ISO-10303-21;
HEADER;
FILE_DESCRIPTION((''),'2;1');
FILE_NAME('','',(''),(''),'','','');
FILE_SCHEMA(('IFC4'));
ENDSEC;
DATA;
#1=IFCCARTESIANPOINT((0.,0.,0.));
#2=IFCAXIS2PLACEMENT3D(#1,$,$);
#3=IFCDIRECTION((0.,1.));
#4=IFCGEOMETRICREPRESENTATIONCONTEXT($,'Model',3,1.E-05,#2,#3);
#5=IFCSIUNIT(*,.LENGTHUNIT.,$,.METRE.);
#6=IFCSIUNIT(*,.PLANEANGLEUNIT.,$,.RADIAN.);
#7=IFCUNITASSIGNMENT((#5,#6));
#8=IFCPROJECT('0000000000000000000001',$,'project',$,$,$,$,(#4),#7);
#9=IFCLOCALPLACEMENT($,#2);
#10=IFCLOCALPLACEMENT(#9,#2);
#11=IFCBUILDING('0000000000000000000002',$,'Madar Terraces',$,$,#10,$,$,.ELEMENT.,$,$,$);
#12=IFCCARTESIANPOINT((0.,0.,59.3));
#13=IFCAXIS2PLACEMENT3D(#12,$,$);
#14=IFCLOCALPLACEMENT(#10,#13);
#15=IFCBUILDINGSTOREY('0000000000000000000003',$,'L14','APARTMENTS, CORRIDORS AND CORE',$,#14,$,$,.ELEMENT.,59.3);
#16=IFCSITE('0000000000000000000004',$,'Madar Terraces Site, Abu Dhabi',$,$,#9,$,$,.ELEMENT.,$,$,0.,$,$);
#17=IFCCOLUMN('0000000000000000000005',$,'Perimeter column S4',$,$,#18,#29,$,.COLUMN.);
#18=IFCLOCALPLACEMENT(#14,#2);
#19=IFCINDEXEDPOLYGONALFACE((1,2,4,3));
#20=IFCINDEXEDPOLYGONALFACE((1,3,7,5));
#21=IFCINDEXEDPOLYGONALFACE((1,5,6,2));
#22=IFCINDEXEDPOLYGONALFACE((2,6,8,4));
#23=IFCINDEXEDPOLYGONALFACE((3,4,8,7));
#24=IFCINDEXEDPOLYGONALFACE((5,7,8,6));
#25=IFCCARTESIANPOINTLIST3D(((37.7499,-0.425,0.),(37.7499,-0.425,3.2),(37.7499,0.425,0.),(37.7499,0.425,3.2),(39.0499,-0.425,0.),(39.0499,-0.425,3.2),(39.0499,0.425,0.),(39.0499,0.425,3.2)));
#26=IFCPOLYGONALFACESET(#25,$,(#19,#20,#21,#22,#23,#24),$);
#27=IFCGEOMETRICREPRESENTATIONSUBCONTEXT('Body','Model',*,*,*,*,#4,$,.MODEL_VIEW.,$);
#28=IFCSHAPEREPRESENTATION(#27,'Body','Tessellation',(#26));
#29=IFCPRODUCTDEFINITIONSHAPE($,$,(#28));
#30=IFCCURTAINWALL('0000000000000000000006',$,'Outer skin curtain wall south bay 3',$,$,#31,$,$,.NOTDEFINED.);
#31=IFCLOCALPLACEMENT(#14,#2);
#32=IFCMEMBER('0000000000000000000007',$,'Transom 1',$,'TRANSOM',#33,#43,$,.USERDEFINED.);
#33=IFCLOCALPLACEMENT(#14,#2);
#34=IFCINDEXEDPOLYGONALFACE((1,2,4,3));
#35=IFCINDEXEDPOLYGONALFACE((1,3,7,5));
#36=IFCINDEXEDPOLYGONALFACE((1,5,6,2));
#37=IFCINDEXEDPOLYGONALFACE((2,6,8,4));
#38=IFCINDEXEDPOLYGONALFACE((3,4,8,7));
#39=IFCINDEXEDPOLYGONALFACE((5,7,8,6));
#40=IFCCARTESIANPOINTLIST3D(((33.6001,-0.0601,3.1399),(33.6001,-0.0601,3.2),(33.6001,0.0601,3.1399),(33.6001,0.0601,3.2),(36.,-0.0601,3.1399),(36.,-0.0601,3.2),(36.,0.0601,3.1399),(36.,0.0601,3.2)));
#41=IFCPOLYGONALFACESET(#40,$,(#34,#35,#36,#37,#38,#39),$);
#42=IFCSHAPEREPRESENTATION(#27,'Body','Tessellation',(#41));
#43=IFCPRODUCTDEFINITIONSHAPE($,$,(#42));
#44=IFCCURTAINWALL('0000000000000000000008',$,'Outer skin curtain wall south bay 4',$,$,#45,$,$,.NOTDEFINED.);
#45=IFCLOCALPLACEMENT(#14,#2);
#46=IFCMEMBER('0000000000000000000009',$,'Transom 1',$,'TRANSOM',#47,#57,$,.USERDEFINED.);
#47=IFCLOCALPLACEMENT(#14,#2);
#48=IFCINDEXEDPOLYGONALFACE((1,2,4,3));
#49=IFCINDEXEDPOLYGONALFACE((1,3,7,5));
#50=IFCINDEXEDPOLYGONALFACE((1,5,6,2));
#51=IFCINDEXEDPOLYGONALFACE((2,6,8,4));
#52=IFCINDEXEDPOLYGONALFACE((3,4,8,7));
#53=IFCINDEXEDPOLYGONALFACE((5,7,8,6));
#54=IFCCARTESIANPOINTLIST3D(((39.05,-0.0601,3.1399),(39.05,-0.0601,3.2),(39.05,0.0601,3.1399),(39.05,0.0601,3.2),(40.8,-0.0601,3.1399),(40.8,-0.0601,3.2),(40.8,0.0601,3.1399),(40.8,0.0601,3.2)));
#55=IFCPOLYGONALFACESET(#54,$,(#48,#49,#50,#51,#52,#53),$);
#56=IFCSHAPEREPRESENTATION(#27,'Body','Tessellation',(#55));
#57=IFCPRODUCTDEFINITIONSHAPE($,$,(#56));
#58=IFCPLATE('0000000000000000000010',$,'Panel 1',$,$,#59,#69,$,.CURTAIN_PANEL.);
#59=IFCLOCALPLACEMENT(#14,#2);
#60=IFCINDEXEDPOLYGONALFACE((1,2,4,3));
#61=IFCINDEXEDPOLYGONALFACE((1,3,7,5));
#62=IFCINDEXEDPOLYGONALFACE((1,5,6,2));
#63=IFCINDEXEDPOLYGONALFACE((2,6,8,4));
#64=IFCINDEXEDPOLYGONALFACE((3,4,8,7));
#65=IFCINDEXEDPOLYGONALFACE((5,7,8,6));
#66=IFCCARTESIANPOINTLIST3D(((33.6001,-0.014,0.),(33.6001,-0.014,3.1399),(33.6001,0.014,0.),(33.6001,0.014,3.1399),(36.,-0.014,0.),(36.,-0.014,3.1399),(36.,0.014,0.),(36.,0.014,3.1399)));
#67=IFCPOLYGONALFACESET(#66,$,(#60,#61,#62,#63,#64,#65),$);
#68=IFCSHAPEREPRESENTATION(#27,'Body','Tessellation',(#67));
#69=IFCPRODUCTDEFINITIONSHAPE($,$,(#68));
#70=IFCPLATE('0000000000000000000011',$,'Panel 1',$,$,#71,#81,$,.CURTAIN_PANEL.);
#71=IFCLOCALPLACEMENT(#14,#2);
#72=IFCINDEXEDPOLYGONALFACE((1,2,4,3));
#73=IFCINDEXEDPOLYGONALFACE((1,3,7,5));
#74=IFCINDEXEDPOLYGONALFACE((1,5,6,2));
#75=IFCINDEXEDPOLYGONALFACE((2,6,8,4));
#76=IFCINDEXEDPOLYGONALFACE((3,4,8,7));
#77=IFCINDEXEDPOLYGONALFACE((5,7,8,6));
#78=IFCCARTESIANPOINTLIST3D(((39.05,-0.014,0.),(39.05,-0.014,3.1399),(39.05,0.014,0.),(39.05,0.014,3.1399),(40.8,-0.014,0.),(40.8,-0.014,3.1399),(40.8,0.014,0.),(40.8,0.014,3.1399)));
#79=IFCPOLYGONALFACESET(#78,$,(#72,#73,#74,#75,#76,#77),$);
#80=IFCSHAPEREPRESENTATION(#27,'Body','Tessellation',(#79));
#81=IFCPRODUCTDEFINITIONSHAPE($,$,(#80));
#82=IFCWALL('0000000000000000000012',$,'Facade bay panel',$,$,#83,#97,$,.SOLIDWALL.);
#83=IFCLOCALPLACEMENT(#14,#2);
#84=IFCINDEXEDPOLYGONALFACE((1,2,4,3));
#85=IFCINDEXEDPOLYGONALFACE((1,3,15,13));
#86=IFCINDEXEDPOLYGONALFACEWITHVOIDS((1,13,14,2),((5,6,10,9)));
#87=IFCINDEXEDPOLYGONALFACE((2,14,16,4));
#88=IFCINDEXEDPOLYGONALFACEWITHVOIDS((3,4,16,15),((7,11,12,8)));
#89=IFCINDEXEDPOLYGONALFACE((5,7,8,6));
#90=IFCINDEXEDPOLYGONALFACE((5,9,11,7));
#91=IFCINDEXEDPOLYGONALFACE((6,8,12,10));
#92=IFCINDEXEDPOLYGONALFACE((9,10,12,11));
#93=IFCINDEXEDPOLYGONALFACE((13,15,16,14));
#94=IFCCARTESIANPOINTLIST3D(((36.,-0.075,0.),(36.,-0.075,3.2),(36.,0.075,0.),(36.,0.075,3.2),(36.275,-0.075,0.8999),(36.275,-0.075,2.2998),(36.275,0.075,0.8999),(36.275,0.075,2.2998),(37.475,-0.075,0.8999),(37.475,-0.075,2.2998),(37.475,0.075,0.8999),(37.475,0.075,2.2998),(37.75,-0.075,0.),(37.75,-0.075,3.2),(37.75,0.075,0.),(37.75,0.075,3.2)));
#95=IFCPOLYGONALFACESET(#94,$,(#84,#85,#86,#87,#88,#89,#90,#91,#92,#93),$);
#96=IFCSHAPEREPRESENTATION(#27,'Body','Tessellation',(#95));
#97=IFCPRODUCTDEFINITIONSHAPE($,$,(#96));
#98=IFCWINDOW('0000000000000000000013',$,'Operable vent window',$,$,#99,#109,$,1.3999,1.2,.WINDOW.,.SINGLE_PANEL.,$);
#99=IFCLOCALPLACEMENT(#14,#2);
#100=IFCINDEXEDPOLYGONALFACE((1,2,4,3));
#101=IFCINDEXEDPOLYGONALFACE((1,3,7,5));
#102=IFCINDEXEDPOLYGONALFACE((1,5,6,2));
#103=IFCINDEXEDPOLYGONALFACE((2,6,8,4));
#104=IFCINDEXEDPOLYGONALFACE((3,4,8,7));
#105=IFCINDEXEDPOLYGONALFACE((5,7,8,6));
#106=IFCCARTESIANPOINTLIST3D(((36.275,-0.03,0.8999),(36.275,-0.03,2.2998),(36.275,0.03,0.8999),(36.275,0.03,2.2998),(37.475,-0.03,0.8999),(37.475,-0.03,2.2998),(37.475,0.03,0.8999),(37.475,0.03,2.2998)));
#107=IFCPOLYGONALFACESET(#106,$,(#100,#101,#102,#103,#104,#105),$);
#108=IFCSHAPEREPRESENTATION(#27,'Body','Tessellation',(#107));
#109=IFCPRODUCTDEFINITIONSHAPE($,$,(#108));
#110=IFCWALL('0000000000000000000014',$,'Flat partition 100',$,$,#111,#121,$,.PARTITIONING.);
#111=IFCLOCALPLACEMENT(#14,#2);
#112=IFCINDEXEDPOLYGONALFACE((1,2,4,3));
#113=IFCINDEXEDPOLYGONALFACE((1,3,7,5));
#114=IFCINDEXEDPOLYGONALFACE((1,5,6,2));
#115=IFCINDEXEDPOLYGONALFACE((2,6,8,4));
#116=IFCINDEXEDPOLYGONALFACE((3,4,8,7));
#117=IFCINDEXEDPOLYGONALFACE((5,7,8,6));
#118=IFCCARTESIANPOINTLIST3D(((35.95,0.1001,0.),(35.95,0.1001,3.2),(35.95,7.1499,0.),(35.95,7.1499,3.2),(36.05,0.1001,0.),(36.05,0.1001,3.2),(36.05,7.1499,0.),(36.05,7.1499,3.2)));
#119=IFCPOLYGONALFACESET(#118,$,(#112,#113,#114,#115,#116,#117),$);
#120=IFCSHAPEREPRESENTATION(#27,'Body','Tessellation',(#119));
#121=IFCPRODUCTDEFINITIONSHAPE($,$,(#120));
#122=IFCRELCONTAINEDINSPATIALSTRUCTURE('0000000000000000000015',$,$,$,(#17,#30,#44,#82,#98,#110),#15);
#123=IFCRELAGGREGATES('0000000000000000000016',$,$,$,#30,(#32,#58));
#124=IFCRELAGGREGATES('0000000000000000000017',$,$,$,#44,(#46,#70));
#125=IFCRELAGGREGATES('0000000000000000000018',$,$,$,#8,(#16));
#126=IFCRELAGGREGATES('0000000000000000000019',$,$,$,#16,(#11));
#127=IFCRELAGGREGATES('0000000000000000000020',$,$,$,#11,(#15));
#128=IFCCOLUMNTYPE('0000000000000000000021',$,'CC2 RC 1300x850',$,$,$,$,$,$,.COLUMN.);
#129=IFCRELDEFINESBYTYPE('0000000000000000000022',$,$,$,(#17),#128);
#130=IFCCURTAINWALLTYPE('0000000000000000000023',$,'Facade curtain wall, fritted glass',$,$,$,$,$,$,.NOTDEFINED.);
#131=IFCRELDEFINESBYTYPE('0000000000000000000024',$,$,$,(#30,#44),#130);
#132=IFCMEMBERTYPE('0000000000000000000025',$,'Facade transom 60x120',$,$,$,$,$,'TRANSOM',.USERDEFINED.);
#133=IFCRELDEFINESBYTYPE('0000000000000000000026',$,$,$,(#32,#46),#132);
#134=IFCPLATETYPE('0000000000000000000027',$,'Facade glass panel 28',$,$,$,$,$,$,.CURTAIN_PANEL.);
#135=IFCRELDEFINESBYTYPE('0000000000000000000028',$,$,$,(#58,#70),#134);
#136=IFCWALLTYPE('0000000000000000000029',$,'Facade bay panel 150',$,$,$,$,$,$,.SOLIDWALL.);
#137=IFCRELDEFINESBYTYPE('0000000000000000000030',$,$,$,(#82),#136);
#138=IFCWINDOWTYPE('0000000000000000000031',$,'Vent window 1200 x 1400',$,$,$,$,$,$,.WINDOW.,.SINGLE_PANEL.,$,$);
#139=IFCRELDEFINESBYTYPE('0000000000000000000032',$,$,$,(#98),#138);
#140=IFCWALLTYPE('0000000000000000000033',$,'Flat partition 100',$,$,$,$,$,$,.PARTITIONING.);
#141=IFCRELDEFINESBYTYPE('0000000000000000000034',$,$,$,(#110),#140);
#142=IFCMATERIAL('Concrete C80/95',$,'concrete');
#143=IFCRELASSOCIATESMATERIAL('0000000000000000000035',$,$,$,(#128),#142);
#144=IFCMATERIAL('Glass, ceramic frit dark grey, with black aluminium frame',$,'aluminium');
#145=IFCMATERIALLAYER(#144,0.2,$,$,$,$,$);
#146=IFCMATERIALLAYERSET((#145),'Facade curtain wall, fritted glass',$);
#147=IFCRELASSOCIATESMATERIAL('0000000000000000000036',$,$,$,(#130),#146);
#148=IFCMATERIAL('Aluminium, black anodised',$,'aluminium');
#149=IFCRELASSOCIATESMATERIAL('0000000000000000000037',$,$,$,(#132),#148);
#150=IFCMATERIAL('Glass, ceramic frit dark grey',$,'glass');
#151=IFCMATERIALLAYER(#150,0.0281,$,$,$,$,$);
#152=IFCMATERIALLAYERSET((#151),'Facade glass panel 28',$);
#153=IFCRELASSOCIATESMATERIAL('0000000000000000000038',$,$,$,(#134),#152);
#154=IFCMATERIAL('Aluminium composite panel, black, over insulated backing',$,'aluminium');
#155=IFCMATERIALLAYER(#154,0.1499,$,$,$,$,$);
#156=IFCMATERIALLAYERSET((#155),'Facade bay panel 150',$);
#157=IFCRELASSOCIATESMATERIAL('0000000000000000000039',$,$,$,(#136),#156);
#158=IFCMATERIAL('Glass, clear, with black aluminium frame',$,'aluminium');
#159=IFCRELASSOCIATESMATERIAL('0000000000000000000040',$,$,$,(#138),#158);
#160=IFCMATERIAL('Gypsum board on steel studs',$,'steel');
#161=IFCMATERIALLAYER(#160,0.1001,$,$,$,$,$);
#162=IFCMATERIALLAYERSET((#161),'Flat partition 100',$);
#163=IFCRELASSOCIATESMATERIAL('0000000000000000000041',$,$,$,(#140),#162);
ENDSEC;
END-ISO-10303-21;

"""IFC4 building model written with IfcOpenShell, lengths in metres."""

from ifc_helpers import new_model, si_unit, direction, frame, frame_2d, origin, origin_2d, place, context, subcontext, project, spatial, rectangle, extrude, material, layer, layer_set, material_profile, profile_set, type_object, element, fill, aggregate, save


model = new_model("IFC4")

# Units and contexts
model_context = context("Model", 3, precision=1e-05, world=origin(), true_north=direction((0.0, 1.0)))
body_context = subcontext(model_context, "Body", "Model", "MODEL_VIEW")
ifc_project = project(units=[si_unit("LENGTHUNIT", "METRE"), si_unit("PLANEANGLEUNIT", "RADIAN")], contexts=[model_context])

# Site, building, storey
site_placement = place(None, origin())
site = spatial("IfcSite", under=ifc_project, at=site_placement, Name="Madar Terraces Site, Abu Dhabi", CompositionType="ELEMENT", RefElevation=0.0)
building_placement = place(site_placement, origin())
building = spatial("IfcBuilding", under=site, at=building_placement, Name="Madar Terraces", CompositionType="ELEMENT")
storey_placement = place(building_placement, frame((0.0, 0.0, 59.3)))
storey = spatial("IfcBuildingStorey", under=building, at=storey_placement, Name="L14", Description="APARTMENTS, CORRIDORS AND CORE", CompositionType="ELEMENT", Elevation=59.3)

# Column
ifc_material_1 = material(Name="Concrete C80/95", Category="concrete")
ifc_material_profile_1 = material_profile(ifc_material_1, rectangle(XDim=1.3, YDim=0.8501, at=origin_2d()), Name="CC2 RC 1300x850")
ifc_profile_set_1 = profile_set([ifc_material_profile_1], Name="Concrete C80/95")
column_type = type_object("IfcColumnType", Name="CC2 RC 1300x850", PredefinedType="COLUMN", material=ifc_profile_set_1)
column_placement = place(storey_placement, frame((38.3999, 0.0, 0.0), z_axis=(0.0, 0.0, 1.0), x_axis=(1.0, 0.0, 0.0)))
element("IfcColumn", 1, at=column_placement, inside=storey, type_object=column_type, Name="Perimeter column S4", PredefinedType="COLUMN", context=body_context, shape_type="SweptSolid", body=[
    extrude(rectangle(XDim=1.3, YDim=0.8501, at=origin_2d()), origin(), (0.0, 0.0, 1.0), 3.2),
])

# Curtain walls, members
ifc_material_2 = material(Name="Glass, ceramic frit dark grey, with black aluminium frame", Category="aluminium")
ifc_layer_1 = layer(ifc_material_2, 0.2)
ifc_layer_set_1 = layer_set([ifc_layer_1], Name="Facade curtain wall, fritted glass")
curtain_wall_type = type_object("IfcCurtainWallType", Name="Facade curtain wall, fritted glass", PredefinedType="NOTDEFINED", material=ifc_layer_set_1)
curtain_wall_1_placement = place(storey_placement, origin())
curtain_wall_1 = element("IfcCurtainWall", 2, at=curtain_wall_1_placement, inside=storey, type_object=curtain_wall_type, Name="Outer skin curtain wall south bay 3", PredefinedType="NOTDEFINED")
ifc_material_3 = material(Name="Aluminium, black anodised", Category="aluminium")
ifc_material_profile_2 = material_profile(ifc_material_3, rectangle(XDim=0.1201, YDim=0.0601, at=origin_2d()), Name="Facade transom 60x120")
ifc_profile_set_2 = profile_set([ifc_material_profile_2], Name="Aluminium, black anodised")
member_type = type_object("IfcMemberType", Name="Facade transom 60x120", ElementType="TRANSOM", PredefinedType="USERDEFINED", material=ifc_profile_set_2)
member_1_placement = place(storey_placement, frame((33.6001, 0.0, 3.1699), z_axis=(1.0, 0.0, 0.0), x_axis=(0.0, 1.0, 0.0)))
member_1 = element("IfcMember", 3, at=member_1_placement, type_object=member_type, Name="Transom 1", ObjectType="TRANSOM", PredefinedType="USERDEFINED", context=body_context, shape_type="SweptSolid", body=[
    extrude(rectangle(XDim=0.1201, YDim=0.0601, at=origin_2d()), origin(), (0.0, 0.0, 1.0), 2.3999),
])
curtain_wall_2_placement = place(storey_placement, origin())
curtain_wall_2 = element("IfcCurtainWall", 4, at=curtain_wall_2_placement, inside=storey, type_object=curtain_wall_type, Name="Outer skin curtain wall south bay 4", PredefinedType="NOTDEFINED")
member_2_placement = place(storey_placement, frame((39.05, 0.0, 3.1699), z_axis=(1.0, 0.0, 0.0), x_axis=(0.0, 1.0, 0.0)))
member_2 = element("IfcMember", 5, at=member_2_placement, type_object=member_type, Name="Transom 1", ObjectType="TRANSOM", PredefinedType="USERDEFINED", context=body_context, shape_type="SweptSolid", body=[
    extrude(rectangle(XDim=0.1201, YDim=0.0601, at=origin_2d()), origin(), (0.0, 0.0, 1.0), 1.75),
])

# Plates
ifc_material_4 = material(Name="Glass, ceramic frit dark grey", Category="glass")
ifc_layer_2 = layer(ifc_material_4, 0.0281)
ifc_layer_set_2 = layer_set([ifc_layer_2], Name="Facade glass panel 28")
plate_type = type_object("IfcPlateType", Name="Facade glass panel 28", PredefinedType="CURTAIN_PANEL", material=ifc_layer_set_2)
plate_1_placement = place(storey_placement, frame((34.8, 0.0, 0.0), z_axis=(0.0, 0.0, 1.0), x_axis=(1.0, 0.0, 0.0)))
plate_1 = element("IfcPlate", 6, at=plate_1_placement, type_object=plate_type, Name="Panel 1", PredefinedType="CURTAIN_PANEL", context=body_context, shape_type="SweptSolid", body=[
    extrude(rectangle(XDim=2.3999, YDim=0.0281, at=origin_2d()), origin(), (0.0, 0.0, 1.0), 3.1399),
])
aggregate(curtain_wall_1, [member_1, plate_1])
plate_2_placement = place(storey_placement, frame((39.925, 0.0, 0.0), z_axis=(0.0, 0.0, 1.0), x_axis=(1.0, 0.0, 0.0)))
plate_2 = element("IfcPlate", 7, at=plate_2_placement, type_object=plate_type, Name="Panel 1", PredefinedType="CURTAIN_PANEL", context=body_context, shape_type="SweptSolid", body=[
    extrude(rectangle(XDim=1.75, YDim=0.0281, at=origin_2d()), origin(), (0.0, 0.0, 1.0), 3.1399),
])
aggregate(curtain_wall_2, [member_2, plate_2])

# Wall, opening, window
ifc_material_5 = material(Name="Aluminium composite panel, black, over insulated backing", Category="aluminium")
ifc_layer_3 = layer(ifc_material_5, 0.1499)
ifc_layer_set_3 = layer_set([ifc_layer_3], Name="Facade bay panel 150")
wall_type_1 = type_object("IfcWallType", Name="Facade bay panel 150", PredefinedType="SOLIDWALL", material=ifc_layer_set_3)
wall_1_placement = place(storey_placement, frame((36.0, 0.0, 0.0), z_axis=(0.0, 0.0, 1.0), x_axis=(1.0, 0.0, 0.0)))
wall_1 = element("IfcWall", 8, at=wall_1_placement, inside=storey, type_object=wall_type_1, Name="Facade bay panel", PredefinedType="SOLIDWALL", context=body_context, shape_type="SweptSolid", body=[
    extrude(rectangle(XDim=1.75, YDim=0.1499, at=frame_2d((0.875, 0.0))), origin(), (0.0, 0.0, 1.0), 3.2),
])
opening_1_placement = place(wall_1_placement, frame((0.2749, 0.0, 0.8999)))
opening_1 = element("IfcOpeningElement", 9, at=opening_1_placement, cuts=wall_1, PredefinedType="OPENING", context=body_context, shape_type="SweptSolid", body=[
    extrude(rectangle(XDim=1.2, YDim=1.3999, at=frame_2d((0.6001, 0.7))), frame((0.0, 0.085, 0.0), z_axis=(0.0, -1.0, 0.0), x_axis=(1.0, 0.0, 0.0)), (0.0, 0.0, 1.0), 0.1699),
])
ifc_material_6 = material(Name="Glass, clear, with black aluminium frame", Category="aluminium")
window_type = type_object("IfcWindowType", Name="Vent window 1200 x 1400", PartitioningType="SINGLE_PANEL", PredefinedType="WINDOW", material=ifc_material_6)
window_placement = place(opening_1_placement, origin())
window = element("IfcWindow", 10, at=window_placement, inside=storey, type_object=window_type, Name="Operable vent window", OverallHeight=1.3999, OverallWidth=1.2, PartitioningType="SINGLE_PANEL", PredefinedType="WINDOW", context=body_context, shape_type="SweptSolid", body=[
    extrude(rectangle(XDim=1.2, YDim=1.3999, at=frame_2d((0.6001, 0.7))), frame((0.0, 0.03, 0.0), z_axis=(0.0, -1.0, 0.0), x_axis=(1.0, 0.0, 0.0)), (0.0, 0.0, 1.0), 0.0601),
])
fill(opening_1, window)

# Wall
ifc_material_7 = material(Name="Gypsum board on steel studs", Category="steel")
ifc_layer_4 = layer(ifc_material_7, 0.1001)
ifc_layer_set_4 = layer_set([ifc_layer_4], Name="Flat partition 100")
wall_type_2 = type_object("IfcWallType", Name="Flat partition 100", PredefinedType="PARTITIONING", material=ifc_layer_set_4)
wall_2_placement = place(storey_placement, frame((36.0, 7.1499, 0.0), z_axis=(0.0, 0.0, 1.0), x_axis=(0.0, -1.0, 0.0)))
element("IfcWall", 11, at=wall_2_placement, inside=storey, type_object=wall_type_2, Name="Flat partition 100", PredefinedType="PARTITIONING", context=body_context, shape_type="SweptSolid", body=[
    extrude(rectangle(XDim=7.0498, YDim=0.1001, at=frame_2d((3.5249, 0.0))), origin(), (0.0, 0.0, 1.0), 3.2),
])

save(model, "model.ifc")
